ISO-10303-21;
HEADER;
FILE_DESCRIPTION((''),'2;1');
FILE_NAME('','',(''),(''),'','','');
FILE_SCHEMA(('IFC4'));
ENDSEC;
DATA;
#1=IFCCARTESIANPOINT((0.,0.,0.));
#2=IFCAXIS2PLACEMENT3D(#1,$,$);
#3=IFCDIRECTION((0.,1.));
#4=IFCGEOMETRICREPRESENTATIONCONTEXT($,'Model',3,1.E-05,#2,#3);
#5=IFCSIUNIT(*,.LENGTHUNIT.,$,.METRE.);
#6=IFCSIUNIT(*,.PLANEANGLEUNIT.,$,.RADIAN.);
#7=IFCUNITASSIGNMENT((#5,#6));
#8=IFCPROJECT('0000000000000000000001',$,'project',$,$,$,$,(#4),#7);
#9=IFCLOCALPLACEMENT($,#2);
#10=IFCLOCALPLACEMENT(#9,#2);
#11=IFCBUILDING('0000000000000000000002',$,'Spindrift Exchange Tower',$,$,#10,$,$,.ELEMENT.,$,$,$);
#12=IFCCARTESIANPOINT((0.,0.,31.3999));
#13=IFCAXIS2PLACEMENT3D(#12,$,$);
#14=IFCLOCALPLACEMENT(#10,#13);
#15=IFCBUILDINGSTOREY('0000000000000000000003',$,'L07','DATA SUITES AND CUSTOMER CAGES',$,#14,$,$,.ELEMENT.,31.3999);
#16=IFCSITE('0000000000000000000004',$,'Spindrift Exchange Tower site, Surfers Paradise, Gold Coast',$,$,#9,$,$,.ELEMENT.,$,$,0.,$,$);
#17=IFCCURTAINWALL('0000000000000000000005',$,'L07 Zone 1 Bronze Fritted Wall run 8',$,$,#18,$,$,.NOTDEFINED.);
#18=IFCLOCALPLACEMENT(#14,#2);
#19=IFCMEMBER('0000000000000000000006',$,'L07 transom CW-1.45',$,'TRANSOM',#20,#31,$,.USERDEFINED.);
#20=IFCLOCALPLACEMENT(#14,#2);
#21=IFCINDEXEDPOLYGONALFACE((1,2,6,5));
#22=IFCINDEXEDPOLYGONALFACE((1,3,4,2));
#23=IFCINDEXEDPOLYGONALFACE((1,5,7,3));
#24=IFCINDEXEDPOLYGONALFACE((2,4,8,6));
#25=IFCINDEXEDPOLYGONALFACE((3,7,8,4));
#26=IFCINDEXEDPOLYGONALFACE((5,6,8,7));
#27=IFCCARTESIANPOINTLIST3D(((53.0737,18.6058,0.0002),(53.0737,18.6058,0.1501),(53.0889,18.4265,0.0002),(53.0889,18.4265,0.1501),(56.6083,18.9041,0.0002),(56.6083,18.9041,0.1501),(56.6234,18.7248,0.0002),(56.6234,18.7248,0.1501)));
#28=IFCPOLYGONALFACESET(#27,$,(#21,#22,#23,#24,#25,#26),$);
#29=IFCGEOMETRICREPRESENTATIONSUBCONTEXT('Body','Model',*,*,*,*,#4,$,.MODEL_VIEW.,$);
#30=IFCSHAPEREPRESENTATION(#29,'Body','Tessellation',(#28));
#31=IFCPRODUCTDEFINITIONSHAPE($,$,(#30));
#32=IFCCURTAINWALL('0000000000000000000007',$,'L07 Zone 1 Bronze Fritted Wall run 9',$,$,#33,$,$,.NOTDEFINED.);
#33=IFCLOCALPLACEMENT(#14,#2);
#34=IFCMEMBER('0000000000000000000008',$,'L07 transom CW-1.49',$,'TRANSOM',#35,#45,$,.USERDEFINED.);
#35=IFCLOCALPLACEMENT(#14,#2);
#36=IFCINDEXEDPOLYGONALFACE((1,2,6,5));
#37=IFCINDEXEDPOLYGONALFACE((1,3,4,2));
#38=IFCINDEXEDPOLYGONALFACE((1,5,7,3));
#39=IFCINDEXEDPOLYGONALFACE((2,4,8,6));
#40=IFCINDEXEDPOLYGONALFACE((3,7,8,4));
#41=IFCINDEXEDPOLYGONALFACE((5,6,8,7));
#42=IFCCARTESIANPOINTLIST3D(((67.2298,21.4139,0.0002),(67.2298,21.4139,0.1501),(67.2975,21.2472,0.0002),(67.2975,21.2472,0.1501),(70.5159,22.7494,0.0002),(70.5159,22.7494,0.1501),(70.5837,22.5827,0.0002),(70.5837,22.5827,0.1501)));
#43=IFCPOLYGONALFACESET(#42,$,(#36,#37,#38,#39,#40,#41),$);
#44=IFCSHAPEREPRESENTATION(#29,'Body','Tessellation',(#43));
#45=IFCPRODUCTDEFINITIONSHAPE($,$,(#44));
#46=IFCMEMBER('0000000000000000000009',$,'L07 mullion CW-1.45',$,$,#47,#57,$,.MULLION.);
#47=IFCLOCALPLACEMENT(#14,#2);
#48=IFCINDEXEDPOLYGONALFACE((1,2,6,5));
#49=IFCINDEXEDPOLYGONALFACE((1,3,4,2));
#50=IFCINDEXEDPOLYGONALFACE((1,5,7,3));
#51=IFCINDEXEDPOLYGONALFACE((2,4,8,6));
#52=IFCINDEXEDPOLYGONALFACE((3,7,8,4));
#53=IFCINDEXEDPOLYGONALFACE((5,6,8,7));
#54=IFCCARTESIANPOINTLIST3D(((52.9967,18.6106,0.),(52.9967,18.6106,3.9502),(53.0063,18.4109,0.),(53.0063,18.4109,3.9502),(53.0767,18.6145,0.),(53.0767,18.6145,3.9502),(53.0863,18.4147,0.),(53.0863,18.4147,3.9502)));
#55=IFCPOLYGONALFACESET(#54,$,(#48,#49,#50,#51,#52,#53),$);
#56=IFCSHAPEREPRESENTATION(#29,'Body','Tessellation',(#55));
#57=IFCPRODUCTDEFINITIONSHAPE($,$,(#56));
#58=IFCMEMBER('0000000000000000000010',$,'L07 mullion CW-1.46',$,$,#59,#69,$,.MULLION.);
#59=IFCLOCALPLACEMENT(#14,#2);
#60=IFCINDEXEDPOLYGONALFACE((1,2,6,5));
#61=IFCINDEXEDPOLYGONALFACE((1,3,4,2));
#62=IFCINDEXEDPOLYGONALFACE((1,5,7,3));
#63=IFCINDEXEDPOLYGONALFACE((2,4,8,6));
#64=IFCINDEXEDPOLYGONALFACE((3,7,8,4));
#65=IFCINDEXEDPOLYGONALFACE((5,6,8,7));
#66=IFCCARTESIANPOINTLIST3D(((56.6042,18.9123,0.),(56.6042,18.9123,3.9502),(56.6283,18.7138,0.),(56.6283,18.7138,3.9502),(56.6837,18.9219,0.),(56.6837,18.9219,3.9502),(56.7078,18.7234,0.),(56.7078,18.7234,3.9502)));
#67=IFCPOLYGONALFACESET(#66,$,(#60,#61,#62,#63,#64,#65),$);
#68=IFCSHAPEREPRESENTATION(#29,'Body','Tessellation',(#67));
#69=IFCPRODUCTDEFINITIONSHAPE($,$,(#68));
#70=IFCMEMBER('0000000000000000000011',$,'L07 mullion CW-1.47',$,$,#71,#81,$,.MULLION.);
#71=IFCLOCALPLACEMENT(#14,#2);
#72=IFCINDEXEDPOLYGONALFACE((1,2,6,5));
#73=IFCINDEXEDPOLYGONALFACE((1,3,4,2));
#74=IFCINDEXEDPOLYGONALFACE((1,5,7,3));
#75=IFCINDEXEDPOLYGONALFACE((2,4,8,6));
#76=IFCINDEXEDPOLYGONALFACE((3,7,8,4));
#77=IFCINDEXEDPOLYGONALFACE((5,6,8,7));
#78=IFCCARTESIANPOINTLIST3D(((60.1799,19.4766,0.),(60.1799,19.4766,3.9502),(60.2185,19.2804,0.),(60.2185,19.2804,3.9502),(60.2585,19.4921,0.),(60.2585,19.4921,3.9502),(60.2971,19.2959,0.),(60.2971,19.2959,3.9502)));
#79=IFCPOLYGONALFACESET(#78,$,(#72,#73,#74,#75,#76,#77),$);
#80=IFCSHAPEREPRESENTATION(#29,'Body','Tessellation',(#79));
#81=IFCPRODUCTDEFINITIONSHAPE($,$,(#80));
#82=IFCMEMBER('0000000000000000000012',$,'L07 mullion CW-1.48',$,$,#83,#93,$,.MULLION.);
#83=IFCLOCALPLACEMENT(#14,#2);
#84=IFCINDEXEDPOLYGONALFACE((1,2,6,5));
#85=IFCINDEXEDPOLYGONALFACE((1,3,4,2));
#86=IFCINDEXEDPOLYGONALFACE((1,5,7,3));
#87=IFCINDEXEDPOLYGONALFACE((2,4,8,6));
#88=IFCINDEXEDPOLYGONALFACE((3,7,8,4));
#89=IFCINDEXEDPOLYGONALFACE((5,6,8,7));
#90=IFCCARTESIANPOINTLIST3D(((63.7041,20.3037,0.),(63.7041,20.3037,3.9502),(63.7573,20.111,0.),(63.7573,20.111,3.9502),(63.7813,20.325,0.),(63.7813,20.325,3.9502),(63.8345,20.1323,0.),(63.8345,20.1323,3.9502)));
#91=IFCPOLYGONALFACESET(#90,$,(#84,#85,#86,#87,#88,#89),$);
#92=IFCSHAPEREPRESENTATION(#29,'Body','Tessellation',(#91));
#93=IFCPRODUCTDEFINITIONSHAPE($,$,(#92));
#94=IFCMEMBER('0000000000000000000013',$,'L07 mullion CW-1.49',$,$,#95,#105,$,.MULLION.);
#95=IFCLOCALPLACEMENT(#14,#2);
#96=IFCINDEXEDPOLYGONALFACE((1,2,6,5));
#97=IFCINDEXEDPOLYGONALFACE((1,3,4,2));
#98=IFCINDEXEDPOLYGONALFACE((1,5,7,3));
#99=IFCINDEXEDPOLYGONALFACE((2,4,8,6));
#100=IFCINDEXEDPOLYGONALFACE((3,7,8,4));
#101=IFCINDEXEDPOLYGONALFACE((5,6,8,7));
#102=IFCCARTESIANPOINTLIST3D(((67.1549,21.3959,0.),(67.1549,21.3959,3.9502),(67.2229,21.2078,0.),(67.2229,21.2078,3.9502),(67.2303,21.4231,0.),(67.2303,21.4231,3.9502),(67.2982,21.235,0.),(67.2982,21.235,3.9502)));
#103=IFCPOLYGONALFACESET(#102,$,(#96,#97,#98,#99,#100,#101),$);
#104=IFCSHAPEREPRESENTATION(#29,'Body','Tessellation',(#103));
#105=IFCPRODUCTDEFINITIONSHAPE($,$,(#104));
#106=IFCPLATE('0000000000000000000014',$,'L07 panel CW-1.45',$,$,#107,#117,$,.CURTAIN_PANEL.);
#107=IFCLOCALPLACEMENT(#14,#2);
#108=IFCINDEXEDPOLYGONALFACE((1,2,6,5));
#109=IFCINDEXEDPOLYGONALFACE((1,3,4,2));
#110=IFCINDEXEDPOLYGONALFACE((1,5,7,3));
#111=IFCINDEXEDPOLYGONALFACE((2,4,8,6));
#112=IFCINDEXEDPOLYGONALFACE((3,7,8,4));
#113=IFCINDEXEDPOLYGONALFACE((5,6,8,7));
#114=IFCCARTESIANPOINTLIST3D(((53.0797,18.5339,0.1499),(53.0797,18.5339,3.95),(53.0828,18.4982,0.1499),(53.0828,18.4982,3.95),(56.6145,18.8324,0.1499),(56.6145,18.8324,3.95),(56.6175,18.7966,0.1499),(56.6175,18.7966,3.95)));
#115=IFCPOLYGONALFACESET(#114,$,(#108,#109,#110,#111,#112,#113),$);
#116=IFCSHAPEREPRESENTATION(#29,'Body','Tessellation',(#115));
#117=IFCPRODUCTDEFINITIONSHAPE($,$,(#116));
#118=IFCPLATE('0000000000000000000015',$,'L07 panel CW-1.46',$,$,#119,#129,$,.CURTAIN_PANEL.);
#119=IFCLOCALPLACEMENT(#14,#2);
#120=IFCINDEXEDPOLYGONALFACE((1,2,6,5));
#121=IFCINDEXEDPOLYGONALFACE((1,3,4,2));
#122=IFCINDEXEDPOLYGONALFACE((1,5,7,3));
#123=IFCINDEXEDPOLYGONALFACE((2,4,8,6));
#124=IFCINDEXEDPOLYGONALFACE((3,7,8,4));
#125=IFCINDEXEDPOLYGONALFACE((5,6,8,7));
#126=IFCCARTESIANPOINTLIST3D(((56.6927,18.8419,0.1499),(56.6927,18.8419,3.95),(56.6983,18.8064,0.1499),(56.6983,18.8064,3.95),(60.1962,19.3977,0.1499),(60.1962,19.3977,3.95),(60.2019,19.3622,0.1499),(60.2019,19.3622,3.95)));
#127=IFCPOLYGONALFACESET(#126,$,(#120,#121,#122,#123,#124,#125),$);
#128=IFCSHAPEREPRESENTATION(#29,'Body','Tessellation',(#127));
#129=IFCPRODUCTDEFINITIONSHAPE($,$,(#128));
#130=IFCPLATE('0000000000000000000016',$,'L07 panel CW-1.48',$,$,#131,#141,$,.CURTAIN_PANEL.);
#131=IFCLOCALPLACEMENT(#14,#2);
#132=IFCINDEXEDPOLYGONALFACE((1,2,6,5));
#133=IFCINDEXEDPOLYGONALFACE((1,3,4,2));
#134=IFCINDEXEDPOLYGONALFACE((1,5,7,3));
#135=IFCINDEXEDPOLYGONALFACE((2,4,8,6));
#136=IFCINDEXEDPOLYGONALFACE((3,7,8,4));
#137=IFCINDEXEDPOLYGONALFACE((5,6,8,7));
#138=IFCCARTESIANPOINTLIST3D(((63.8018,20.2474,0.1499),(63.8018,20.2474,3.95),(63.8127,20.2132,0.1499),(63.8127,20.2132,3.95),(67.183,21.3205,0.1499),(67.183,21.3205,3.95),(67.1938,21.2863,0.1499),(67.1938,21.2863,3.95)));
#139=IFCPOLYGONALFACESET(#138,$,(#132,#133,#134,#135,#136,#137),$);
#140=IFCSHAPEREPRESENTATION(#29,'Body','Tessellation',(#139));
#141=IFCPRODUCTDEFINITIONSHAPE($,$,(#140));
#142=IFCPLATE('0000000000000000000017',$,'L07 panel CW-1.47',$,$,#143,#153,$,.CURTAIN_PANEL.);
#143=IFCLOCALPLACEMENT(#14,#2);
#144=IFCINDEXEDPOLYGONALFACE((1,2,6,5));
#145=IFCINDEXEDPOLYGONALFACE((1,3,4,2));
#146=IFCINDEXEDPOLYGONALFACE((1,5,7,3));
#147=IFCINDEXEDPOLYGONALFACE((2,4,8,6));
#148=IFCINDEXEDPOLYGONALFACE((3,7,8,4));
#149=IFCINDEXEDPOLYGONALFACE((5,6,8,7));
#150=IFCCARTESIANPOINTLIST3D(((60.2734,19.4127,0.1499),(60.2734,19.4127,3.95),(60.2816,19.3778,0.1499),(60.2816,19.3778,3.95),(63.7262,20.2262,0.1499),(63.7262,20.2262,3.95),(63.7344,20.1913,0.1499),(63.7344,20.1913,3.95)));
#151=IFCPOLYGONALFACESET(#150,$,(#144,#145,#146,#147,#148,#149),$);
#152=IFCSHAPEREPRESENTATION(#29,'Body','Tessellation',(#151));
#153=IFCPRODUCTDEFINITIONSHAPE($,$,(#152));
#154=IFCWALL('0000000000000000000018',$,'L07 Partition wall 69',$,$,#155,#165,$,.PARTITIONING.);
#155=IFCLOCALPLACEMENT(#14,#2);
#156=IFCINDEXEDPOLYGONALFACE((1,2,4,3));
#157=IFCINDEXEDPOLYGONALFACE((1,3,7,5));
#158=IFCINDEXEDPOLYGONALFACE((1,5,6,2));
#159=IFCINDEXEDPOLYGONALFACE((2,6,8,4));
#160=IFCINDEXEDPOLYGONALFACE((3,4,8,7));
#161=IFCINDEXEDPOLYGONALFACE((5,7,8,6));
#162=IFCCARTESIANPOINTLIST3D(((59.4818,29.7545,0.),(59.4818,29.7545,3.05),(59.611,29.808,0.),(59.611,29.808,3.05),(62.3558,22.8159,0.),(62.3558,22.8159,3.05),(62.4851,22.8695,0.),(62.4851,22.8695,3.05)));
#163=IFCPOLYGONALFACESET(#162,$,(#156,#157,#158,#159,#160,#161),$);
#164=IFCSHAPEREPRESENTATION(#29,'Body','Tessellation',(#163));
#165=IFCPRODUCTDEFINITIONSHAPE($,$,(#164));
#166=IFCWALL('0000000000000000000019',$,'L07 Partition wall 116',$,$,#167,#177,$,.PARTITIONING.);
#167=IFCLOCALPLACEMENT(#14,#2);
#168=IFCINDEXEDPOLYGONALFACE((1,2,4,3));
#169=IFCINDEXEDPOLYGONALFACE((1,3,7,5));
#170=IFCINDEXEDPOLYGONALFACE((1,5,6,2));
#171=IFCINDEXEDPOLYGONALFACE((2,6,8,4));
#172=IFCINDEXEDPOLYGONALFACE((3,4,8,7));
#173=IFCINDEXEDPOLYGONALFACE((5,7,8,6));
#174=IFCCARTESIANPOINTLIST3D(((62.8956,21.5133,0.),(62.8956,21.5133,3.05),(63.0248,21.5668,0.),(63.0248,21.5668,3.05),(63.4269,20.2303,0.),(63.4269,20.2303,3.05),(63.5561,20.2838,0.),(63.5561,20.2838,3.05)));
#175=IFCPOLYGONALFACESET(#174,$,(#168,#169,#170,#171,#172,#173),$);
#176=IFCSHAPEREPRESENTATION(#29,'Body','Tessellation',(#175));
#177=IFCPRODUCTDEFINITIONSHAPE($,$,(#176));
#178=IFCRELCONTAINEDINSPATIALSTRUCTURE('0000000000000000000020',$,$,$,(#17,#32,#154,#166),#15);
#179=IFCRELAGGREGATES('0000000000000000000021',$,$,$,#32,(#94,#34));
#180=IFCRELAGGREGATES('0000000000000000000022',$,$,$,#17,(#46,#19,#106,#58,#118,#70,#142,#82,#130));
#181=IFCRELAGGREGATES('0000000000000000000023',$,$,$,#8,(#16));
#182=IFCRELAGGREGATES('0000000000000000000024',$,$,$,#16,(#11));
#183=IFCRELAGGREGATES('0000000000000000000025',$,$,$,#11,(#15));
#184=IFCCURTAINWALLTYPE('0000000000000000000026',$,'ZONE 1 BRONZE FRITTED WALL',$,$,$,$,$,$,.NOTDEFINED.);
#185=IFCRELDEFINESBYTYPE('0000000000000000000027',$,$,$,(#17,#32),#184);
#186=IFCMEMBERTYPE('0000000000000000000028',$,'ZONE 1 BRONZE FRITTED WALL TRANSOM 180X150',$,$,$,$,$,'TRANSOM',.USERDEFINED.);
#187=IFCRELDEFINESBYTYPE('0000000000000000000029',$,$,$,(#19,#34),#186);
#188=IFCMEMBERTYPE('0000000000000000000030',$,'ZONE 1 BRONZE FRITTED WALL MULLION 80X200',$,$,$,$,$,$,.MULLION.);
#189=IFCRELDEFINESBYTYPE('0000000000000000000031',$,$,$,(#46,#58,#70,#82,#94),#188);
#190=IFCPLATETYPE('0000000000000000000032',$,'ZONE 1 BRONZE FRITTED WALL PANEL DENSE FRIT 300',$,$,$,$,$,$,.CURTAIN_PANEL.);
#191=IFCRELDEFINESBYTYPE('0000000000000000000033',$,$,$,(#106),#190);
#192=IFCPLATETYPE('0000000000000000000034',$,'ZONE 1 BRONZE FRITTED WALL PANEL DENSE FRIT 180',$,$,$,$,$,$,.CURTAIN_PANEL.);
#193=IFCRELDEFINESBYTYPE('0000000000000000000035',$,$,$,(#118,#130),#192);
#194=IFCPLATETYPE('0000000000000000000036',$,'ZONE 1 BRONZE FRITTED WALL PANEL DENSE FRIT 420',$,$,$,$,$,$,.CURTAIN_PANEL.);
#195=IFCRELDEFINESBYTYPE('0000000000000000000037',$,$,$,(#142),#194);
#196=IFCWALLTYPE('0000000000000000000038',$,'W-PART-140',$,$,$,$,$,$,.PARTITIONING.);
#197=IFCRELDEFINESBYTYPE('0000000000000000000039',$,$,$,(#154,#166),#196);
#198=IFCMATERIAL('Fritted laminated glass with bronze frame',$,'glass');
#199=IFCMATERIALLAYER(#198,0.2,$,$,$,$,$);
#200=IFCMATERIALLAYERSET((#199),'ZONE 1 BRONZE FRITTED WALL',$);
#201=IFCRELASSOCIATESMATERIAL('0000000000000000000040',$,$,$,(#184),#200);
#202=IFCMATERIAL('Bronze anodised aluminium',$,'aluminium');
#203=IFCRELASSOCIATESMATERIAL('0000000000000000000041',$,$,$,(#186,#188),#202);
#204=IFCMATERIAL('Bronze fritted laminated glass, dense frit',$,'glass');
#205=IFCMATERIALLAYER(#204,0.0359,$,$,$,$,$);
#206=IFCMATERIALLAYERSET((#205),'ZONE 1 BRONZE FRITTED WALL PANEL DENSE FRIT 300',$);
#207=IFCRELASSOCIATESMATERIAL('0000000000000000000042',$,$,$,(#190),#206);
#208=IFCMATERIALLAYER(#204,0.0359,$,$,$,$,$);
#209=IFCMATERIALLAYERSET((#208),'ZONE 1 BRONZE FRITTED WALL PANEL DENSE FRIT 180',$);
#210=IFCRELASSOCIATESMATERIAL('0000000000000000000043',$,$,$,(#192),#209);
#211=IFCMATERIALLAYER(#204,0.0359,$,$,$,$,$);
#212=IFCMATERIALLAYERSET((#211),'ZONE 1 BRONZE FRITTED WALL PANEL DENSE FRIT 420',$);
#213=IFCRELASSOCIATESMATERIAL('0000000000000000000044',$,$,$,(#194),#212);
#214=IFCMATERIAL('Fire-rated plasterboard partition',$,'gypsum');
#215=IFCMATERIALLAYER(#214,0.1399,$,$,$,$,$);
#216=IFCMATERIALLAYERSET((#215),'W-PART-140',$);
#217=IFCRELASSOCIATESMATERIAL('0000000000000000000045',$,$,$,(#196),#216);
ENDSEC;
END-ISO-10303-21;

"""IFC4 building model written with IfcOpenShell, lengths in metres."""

from ifc_helpers import new_model, si_unit, direction, frame, frame_2d, origin, origin_2d, place, context, subcontext, project, spatial, rectangle, extrude, source, transform, mapped, material, layer, layer_set, material_profile, profile_set, type_object, element, aggregate, save


model = new_model("IFC4")

# Units and contexts
model_context = context("Model", 3, precision=1e-05, world=origin(), true_north=direction((0.0, 1.0)))
body_context = subcontext(model_context, "Body", "Model", "MODEL_VIEW")
ifc_project = project(units=[si_unit("LENGTHUNIT", "METRE"), si_unit("PLANEANGLEUNIT", "RADIAN")], contexts=[model_context])

# Site, building, storey
site_placement = place(None, origin())
site = spatial("IfcSite", under=ifc_project, at=site_placement, Name="Spindrift Exchange Tower site, Surfers Paradise, Gold Coast", CompositionType="ELEMENT", RefElevation=0.0)
building_placement = place(site_placement, origin())
building = spatial("IfcBuilding", under=site, at=building_placement, Name="Spindrift Exchange Tower", CompositionType="ELEMENT")
storey_placement = place(building_placement, frame((0.0, 0.0, 31.3999)))
storey = spatial("IfcBuildingStorey", under=building, at=storey_placement, Name="L07", Description="DATA SUITES AND CUSTOMER CAGES", CompositionType="ELEMENT", Elevation=31.3999)

# Curtain wall, member
ifc_material_1 = material(Name="Fritted laminated glass with bronze frame", Category="glass")
ifc_layer_1 = layer(ifc_material_1, 0.2)
ifc_layer_set_1 = layer_set([ifc_layer_1], Name="ZONE 1 BRONZE FRITTED WALL")
curtain_wall_type = type_object("IfcCurtainWallType", Name="ZONE 1 BRONZE FRITTED WALL", PredefinedType="NOTDEFINED", material=ifc_layer_set_1)
curtain_wall_1_placement = place(storey_placement, origin())
curtain_wall_1 = element("IfcCurtainWall", 1, at=curtain_wall_1_placement, inside=storey, type_object=curtain_wall_type, Name="L07 Zone 1 Bronze Fritted Wall run 8", PredefinedType="NOTDEFINED")
ifc_material_2 = material(Name="Bronze anodised aluminium", Category="aluminium")
ifc_material_profile_1 = material_profile(ifc_material_2, rectangle(XDim=0.1799, YDim=0.1499, at=origin_2d()), Name="ZONE 1 BRONZE FRITTED WALL TRANSOM 180X150")
ifc_profile_set_1 = profile_set([ifc_material_profile_1], Name="Bronze anodised aluminium")
member_type_1 = type_object("IfcMemberType", Name="ZONE 1 BRONZE FRITTED WALL TRANSOM 180X150", ElementType="TRANSOM", PredefinedType="USERDEFINED", material=ifc_profile_set_1)
shared_shape_1 = source(origin(), body_context, "Body", "SweptSolid", [
    extrude(rectangle(XDim=0.1799, YDim=0.1499, at=origin_2d()), origin(), (0.0, 0.0, 1.0), 3.5471),
])
member_1_placement = place(storey_placement, frame((53.0813, 18.5161, 0.0752), z_axis=(0.996457, 0.084105, 0.0), x_axis=(-0.084105, 0.996457, 0.0)))
member_1 = element("IfcMember", 2, at=member_1_placement, type_object=member_type_1, Name="L07 transom CW-1.45", ObjectType="TRANSOM", PredefinedType="USERDEFINED", context=body_context, shape_type="MappedRepresentation", body=[
    mapped(shared_shape_1, transform((0.0, 0.0, 0.0), scale=1.0)),
])

# Curtain wall, member
curtain_wall_2_placement = place(storey_placement, origin())
curtain_wall_2 = element("IfcCurtainWall", 3, at=curtain_wall_2_placement, inside=storey, type_object=curtain_wall_type, Name="L07 Zone 1 Bronze Fritted Wall run 9", PredefinedType="NOTDEFINED")
member_2_placement = place(storey_placement, frame((67.2637, 21.3306, 0.0752), z_axis=(0.926422, 0.376488, 0.0), x_axis=(-0.376488, 0.926422, 0.0)))
member_2 = element("IfcMember", 4, at=member_2_placement, type_object=member_type_1, Name="L07 transom CW-1.49", ObjectType="TRANSOM", PredefinedType="USERDEFINED", context=body_context, shape_type="MappedRepresentation", body=[
    mapped(shared_shape_1, transform((0.0, 0.0, 0.0), scale=1.0)),
])

# Members
ifc_material_profile_2 = material_profile(ifc_material_2, rectangle(XDim=0.0801, YDim=0.2, at=origin_2d()), Name="ZONE 1 BRONZE FRITTED WALL MULLION 80X200")
ifc_profile_set_2 = profile_set([ifc_material_profile_2], Name="Bronze anodised aluminium")
member_type_2 = type_object("IfcMemberType", Name="ZONE 1 BRONZE FRITTED WALL MULLION 80X200", PredefinedType="MULLION", material=ifc_profile_set_2)
shared_shape_2 = source(origin(), body_context, "Body", "SweptSolid", [
    extrude(rectangle(XDim=0.0801, YDim=0.2, at=origin_2d()), origin(), (0.0, 0.0, 1.0), 3.9502),
])
member_3_placement = place(storey_placement, frame((53.0415, 18.5127, 0.0), z_axis=(0.0, 0.0, 1.0), x_axis=(0.998857, 0.047794, 0.0)))
member_3 = element("IfcMember", 5, at=member_3_placement, type_object=member_type_2, Name="L07 mullion CW-1.45", PredefinedType="MULLION", context=body_context, shape_type="MappedRepresentation", body=[
    mapped(shared_shape_2, transform((0.0, 0.0, 0.0), scale=1.0)),
])
member_4_placement = place(storey_placement, frame((56.656, 18.8179, 0.0), z_axis=(0.0, 0.0, 1.0), x_axis=(0.992715, 0.120484, 0.0)))
member_4 = element("IfcMember", 6, at=member_4_placement, type_object=member_type_2, Name="L07 mullion CW-1.46", PredefinedType="MULLION", context=body_context, shape_type="MappedRepresentation", body=[
    mapped(shared_shape_2, transform((0.0, 0.0, 0.0), scale=1.0)),
])
member_5_placement = place(storey_placement, frame((60.2385, 19.3862, 0.0), z_axis=(0.0, 0.0, 1.0), x_axis=(0.981172, 0.193136, 0.0)))
member_5 = element("IfcMember", 7, at=member_5_placement, type_object=member_type_2, Name="L07 mullion CW-1.47", PredefinedType="MULLION", context=body_context, shape_type="MappedRepresentation", body=[
    mapped(shared_shape_2, transform((0.0, 0.0, 0.0), scale=1.0)),
])
member_6_placement = place(storey_placement, frame((63.7693, 20.218, 0.0), z_axis=(0.0, 0.0, 1.0), x_axis=(0.963941, 0.266115, 0.0)))
member_6 = element("IfcMember", 8, at=member_6_placement, type_object=member_type_2, Name="L07 mullion CW-1.48", PredefinedType="MULLION", context=body_context, shape_type="MappedRepresentation", body=[
    mapped(shared_shape_2, transform((0.0, 0.0, 0.0), scale=1.0)),
])
member_7_placement = place(storey_placement, frame((67.2266, 21.3154, 0.0), z_axis=(0.0, 0.0, 1.0), x_axis=(0.940507, 0.339774, 0.0)))
member_7 = element("IfcMember", 9, at=member_7_placement, type_object=member_type_2, Name="L07 mullion CW-1.49", PredefinedType="MULLION", context=body_context, shape_type="MappedRepresentation", body=[
    mapped(shared_shape_2, transform((0.0, 0.0, 0.0), scale=1.0)),
])
aggregate(curtain_wall_2, [member_7, member_2])

# Plates
ifc_material_3 = material(Name="Bronze fritted laminated glass, dense frit", Category="glass")
ifc_layer_2 = layer(ifc_material_3, 0.0359)
ifc_layer_set_2 = layer_set([ifc_layer_2], Name="ZONE 1 BRONZE FRITTED WALL PANEL DENSE FRIT 300")
plate_type_1 = type_object("IfcPlateType", Name="ZONE 1 BRONZE FRITTED WALL PANEL DENSE FRIT 300", PredefinedType="CURTAIN_PANEL", material=ifc_layer_set_2)
shared_shape_3 = source(origin(), body_context, "Body", "SweptSolid", [
    extrude(rectangle(XDim=3.5474, YDim=0.0359, at=origin_2d()), origin(), (0.0, 0.0, 1.0), 3.8),
])
plate_1_placement = place(storey_placement, frame((54.8486, 18.6653, 0.1499), z_axis=(0.0, 0.0, 1.0), x_axis=(0.996454, 0.084139, 0.0)))
plate_1 = element("IfcPlate", 10, at=plate_1_placement, type_object=plate_type_1, Name="L07 panel CW-1.45", PredefinedType="CURTAIN_PANEL", context=body_context, shape_type="MappedRepresentation", body=[
    mapped(shared_shape_3, transform((0.0, 0.0, 0.0), scale=1.0)),
])
ifc_layer_3 = layer(ifc_material_3, 0.0359)
ifc_layer_set_3 = layer_set([ifc_layer_3], Name="ZONE 1 BRONZE FRITTED WALL PANEL DENSE FRIT 180")
plate_type_2 = type_object("IfcPlateType", Name="ZONE 1 BRONZE FRITTED WALL PANEL DENSE FRIT 180", PredefinedType="CURTAIN_PANEL", material=ifc_layer_set_3)
shared_shape_4 = source(origin(), body_context, "Body", "SweptSolid", [
    extrude(rectangle(XDim=3.5474, YDim=0.0359, at=origin_2d()), origin(), (0.0, 0.0, 1.0), 3.8),
])
plate_2_placement = place(storey_placement, frame((58.4473, 19.1021, 0.1499), z_axis=(0.0, 0.0, 1.0), x_axis=(0.987651, 0.156669, 0.0)))
plate_2 = element("IfcPlate", 11, at=plate_2_placement, type_object=plate_type_2, Name="L07 panel CW-1.46", PredefinedType="CURTAIN_PANEL", context=body_context, shape_type="MappedRepresentation", body=[
    mapped(shared_shape_4, transform((0.0, 0.0, 0.0), scale=1.0)),
])
plate_3_placement = place(storey_placement, frame((65.4978, 20.7668, 0.1499), z_axis=(0.0, 0.0, 1.0), x_axis=(0.953147, 0.302508, 0.0)))
plate_3 = element("IfcPlate", 12, at=plate_3_placement, type_object=plate_type_2, Name="L07 panel CW-1.48", PredefinedType="CURTAIN_PANEL", context=body_context, shape_type="MappedRepresentation", body=[
    mapped(shared_shape_4, transform((0.0, 0.0, 0.0), scale=1.0)),
])
ifc_layer_4 = layer(ifc_material_3, 0.0359)
ifc_layer_set_4 = layer_set([ifc_layer_4], Name="ZONE 1 BRONZE FRITTED WALL PANEL DENSE FRIT 420")
plate_type_3 = type_object("IfcPlateType", Name="ZONE 1 BRONZE FRITTED WALL PANEL DENSE FRIT 420", PredefinedType="CURTAIN_PANEL", material=ifc_layer_set_4)
shared_shape_5 = source(origin(), body_context, "Body", "SweptSolid", [
    extrude(rectangle(XDim=3.5474, YDim=0.0359, at=origin_2d()), origin(), (0.0, 0.0, 1.0), 3.8),
])
plate_4_placement = place(storey_placement, frame((62.0039, 19.802, 0.1499), z_axis=(0.0, 0.0, 1.0), x_axis=(0.973346, 0.22934, 0.0)))
plate_4 = element("IfcPlate", 13, at=plate_4_placement, type_object=plate_type_3, Name="L07 panel CW-1.47", PredefinedType="CURTAIN_PANEL", context=body_context, shape_type="MappedRepresentation", body=[
    mapped(shared_shape_5, transform((0.0, 0.0, 0.0), scale=1.0)),
])
aggregate(curtain_wall_1, [member_3, member_1, plate_1, member_4, plate_2, member_5, plate_4, member_6, plate_3])

# Walls
ifc_material_4 = material(Name="Fire-rated plasterboard partition", Category="gypsum")
ifc_layer_5 = layer(ifc_material_4, 0.1399)
ifc_layer_set_5 = layer_set([ifc_layer_5], Name="W-PART-140")
wall_type_1 = type_object("IfcWallType", Name="W-PART-140", PredefinedType="PARTITIONING", material=ifc_layer_set_5)
wall_1_placement = place(storey_placement, frame((59.5464, 29.7812, 0.0), z_axis=(0.0, 0.0, 1.0), x_axis=(0.382685, -0.923879, 0.0)))
element("IfcWall", 14, at=wall_1_placement, inside=storey, type_object=wall_type_1, Name="L07 Partition wall 69", PredefinedType="PARTITIONING", context=body_context, shape_type="SweptSolid", body=[
    extrude(rectangle(XDim=7.5103, YDim=0.1399, at=frame_2d((3.7551, 0.0))), origin(), (0.0, 0.0, 1.0), 3.05),
])
wall_2_placement = place(storey_placement, frame((62.9602, 21.54, 0.0), z_axis=(0.0, 0.0, 1.0), x_axis=(0.38258, -0.923923, 0.0)))
element("IfcWall", 15, at=wall_2_placement, inside=storey, type_object=wall_type_1, Name="L07 Partition wall 116", PredefinedType="PARTITIONING", context=body_context, shape_type="SweptSolid", body=[
    extrude(rectangle(XDim=1.3887, YDim=0.1399, at=frame_2d((0.6943, 0.0))), origin(), (0.0, 0.0, 1.0), 3.05),
])

save(model, "model.ifc")
